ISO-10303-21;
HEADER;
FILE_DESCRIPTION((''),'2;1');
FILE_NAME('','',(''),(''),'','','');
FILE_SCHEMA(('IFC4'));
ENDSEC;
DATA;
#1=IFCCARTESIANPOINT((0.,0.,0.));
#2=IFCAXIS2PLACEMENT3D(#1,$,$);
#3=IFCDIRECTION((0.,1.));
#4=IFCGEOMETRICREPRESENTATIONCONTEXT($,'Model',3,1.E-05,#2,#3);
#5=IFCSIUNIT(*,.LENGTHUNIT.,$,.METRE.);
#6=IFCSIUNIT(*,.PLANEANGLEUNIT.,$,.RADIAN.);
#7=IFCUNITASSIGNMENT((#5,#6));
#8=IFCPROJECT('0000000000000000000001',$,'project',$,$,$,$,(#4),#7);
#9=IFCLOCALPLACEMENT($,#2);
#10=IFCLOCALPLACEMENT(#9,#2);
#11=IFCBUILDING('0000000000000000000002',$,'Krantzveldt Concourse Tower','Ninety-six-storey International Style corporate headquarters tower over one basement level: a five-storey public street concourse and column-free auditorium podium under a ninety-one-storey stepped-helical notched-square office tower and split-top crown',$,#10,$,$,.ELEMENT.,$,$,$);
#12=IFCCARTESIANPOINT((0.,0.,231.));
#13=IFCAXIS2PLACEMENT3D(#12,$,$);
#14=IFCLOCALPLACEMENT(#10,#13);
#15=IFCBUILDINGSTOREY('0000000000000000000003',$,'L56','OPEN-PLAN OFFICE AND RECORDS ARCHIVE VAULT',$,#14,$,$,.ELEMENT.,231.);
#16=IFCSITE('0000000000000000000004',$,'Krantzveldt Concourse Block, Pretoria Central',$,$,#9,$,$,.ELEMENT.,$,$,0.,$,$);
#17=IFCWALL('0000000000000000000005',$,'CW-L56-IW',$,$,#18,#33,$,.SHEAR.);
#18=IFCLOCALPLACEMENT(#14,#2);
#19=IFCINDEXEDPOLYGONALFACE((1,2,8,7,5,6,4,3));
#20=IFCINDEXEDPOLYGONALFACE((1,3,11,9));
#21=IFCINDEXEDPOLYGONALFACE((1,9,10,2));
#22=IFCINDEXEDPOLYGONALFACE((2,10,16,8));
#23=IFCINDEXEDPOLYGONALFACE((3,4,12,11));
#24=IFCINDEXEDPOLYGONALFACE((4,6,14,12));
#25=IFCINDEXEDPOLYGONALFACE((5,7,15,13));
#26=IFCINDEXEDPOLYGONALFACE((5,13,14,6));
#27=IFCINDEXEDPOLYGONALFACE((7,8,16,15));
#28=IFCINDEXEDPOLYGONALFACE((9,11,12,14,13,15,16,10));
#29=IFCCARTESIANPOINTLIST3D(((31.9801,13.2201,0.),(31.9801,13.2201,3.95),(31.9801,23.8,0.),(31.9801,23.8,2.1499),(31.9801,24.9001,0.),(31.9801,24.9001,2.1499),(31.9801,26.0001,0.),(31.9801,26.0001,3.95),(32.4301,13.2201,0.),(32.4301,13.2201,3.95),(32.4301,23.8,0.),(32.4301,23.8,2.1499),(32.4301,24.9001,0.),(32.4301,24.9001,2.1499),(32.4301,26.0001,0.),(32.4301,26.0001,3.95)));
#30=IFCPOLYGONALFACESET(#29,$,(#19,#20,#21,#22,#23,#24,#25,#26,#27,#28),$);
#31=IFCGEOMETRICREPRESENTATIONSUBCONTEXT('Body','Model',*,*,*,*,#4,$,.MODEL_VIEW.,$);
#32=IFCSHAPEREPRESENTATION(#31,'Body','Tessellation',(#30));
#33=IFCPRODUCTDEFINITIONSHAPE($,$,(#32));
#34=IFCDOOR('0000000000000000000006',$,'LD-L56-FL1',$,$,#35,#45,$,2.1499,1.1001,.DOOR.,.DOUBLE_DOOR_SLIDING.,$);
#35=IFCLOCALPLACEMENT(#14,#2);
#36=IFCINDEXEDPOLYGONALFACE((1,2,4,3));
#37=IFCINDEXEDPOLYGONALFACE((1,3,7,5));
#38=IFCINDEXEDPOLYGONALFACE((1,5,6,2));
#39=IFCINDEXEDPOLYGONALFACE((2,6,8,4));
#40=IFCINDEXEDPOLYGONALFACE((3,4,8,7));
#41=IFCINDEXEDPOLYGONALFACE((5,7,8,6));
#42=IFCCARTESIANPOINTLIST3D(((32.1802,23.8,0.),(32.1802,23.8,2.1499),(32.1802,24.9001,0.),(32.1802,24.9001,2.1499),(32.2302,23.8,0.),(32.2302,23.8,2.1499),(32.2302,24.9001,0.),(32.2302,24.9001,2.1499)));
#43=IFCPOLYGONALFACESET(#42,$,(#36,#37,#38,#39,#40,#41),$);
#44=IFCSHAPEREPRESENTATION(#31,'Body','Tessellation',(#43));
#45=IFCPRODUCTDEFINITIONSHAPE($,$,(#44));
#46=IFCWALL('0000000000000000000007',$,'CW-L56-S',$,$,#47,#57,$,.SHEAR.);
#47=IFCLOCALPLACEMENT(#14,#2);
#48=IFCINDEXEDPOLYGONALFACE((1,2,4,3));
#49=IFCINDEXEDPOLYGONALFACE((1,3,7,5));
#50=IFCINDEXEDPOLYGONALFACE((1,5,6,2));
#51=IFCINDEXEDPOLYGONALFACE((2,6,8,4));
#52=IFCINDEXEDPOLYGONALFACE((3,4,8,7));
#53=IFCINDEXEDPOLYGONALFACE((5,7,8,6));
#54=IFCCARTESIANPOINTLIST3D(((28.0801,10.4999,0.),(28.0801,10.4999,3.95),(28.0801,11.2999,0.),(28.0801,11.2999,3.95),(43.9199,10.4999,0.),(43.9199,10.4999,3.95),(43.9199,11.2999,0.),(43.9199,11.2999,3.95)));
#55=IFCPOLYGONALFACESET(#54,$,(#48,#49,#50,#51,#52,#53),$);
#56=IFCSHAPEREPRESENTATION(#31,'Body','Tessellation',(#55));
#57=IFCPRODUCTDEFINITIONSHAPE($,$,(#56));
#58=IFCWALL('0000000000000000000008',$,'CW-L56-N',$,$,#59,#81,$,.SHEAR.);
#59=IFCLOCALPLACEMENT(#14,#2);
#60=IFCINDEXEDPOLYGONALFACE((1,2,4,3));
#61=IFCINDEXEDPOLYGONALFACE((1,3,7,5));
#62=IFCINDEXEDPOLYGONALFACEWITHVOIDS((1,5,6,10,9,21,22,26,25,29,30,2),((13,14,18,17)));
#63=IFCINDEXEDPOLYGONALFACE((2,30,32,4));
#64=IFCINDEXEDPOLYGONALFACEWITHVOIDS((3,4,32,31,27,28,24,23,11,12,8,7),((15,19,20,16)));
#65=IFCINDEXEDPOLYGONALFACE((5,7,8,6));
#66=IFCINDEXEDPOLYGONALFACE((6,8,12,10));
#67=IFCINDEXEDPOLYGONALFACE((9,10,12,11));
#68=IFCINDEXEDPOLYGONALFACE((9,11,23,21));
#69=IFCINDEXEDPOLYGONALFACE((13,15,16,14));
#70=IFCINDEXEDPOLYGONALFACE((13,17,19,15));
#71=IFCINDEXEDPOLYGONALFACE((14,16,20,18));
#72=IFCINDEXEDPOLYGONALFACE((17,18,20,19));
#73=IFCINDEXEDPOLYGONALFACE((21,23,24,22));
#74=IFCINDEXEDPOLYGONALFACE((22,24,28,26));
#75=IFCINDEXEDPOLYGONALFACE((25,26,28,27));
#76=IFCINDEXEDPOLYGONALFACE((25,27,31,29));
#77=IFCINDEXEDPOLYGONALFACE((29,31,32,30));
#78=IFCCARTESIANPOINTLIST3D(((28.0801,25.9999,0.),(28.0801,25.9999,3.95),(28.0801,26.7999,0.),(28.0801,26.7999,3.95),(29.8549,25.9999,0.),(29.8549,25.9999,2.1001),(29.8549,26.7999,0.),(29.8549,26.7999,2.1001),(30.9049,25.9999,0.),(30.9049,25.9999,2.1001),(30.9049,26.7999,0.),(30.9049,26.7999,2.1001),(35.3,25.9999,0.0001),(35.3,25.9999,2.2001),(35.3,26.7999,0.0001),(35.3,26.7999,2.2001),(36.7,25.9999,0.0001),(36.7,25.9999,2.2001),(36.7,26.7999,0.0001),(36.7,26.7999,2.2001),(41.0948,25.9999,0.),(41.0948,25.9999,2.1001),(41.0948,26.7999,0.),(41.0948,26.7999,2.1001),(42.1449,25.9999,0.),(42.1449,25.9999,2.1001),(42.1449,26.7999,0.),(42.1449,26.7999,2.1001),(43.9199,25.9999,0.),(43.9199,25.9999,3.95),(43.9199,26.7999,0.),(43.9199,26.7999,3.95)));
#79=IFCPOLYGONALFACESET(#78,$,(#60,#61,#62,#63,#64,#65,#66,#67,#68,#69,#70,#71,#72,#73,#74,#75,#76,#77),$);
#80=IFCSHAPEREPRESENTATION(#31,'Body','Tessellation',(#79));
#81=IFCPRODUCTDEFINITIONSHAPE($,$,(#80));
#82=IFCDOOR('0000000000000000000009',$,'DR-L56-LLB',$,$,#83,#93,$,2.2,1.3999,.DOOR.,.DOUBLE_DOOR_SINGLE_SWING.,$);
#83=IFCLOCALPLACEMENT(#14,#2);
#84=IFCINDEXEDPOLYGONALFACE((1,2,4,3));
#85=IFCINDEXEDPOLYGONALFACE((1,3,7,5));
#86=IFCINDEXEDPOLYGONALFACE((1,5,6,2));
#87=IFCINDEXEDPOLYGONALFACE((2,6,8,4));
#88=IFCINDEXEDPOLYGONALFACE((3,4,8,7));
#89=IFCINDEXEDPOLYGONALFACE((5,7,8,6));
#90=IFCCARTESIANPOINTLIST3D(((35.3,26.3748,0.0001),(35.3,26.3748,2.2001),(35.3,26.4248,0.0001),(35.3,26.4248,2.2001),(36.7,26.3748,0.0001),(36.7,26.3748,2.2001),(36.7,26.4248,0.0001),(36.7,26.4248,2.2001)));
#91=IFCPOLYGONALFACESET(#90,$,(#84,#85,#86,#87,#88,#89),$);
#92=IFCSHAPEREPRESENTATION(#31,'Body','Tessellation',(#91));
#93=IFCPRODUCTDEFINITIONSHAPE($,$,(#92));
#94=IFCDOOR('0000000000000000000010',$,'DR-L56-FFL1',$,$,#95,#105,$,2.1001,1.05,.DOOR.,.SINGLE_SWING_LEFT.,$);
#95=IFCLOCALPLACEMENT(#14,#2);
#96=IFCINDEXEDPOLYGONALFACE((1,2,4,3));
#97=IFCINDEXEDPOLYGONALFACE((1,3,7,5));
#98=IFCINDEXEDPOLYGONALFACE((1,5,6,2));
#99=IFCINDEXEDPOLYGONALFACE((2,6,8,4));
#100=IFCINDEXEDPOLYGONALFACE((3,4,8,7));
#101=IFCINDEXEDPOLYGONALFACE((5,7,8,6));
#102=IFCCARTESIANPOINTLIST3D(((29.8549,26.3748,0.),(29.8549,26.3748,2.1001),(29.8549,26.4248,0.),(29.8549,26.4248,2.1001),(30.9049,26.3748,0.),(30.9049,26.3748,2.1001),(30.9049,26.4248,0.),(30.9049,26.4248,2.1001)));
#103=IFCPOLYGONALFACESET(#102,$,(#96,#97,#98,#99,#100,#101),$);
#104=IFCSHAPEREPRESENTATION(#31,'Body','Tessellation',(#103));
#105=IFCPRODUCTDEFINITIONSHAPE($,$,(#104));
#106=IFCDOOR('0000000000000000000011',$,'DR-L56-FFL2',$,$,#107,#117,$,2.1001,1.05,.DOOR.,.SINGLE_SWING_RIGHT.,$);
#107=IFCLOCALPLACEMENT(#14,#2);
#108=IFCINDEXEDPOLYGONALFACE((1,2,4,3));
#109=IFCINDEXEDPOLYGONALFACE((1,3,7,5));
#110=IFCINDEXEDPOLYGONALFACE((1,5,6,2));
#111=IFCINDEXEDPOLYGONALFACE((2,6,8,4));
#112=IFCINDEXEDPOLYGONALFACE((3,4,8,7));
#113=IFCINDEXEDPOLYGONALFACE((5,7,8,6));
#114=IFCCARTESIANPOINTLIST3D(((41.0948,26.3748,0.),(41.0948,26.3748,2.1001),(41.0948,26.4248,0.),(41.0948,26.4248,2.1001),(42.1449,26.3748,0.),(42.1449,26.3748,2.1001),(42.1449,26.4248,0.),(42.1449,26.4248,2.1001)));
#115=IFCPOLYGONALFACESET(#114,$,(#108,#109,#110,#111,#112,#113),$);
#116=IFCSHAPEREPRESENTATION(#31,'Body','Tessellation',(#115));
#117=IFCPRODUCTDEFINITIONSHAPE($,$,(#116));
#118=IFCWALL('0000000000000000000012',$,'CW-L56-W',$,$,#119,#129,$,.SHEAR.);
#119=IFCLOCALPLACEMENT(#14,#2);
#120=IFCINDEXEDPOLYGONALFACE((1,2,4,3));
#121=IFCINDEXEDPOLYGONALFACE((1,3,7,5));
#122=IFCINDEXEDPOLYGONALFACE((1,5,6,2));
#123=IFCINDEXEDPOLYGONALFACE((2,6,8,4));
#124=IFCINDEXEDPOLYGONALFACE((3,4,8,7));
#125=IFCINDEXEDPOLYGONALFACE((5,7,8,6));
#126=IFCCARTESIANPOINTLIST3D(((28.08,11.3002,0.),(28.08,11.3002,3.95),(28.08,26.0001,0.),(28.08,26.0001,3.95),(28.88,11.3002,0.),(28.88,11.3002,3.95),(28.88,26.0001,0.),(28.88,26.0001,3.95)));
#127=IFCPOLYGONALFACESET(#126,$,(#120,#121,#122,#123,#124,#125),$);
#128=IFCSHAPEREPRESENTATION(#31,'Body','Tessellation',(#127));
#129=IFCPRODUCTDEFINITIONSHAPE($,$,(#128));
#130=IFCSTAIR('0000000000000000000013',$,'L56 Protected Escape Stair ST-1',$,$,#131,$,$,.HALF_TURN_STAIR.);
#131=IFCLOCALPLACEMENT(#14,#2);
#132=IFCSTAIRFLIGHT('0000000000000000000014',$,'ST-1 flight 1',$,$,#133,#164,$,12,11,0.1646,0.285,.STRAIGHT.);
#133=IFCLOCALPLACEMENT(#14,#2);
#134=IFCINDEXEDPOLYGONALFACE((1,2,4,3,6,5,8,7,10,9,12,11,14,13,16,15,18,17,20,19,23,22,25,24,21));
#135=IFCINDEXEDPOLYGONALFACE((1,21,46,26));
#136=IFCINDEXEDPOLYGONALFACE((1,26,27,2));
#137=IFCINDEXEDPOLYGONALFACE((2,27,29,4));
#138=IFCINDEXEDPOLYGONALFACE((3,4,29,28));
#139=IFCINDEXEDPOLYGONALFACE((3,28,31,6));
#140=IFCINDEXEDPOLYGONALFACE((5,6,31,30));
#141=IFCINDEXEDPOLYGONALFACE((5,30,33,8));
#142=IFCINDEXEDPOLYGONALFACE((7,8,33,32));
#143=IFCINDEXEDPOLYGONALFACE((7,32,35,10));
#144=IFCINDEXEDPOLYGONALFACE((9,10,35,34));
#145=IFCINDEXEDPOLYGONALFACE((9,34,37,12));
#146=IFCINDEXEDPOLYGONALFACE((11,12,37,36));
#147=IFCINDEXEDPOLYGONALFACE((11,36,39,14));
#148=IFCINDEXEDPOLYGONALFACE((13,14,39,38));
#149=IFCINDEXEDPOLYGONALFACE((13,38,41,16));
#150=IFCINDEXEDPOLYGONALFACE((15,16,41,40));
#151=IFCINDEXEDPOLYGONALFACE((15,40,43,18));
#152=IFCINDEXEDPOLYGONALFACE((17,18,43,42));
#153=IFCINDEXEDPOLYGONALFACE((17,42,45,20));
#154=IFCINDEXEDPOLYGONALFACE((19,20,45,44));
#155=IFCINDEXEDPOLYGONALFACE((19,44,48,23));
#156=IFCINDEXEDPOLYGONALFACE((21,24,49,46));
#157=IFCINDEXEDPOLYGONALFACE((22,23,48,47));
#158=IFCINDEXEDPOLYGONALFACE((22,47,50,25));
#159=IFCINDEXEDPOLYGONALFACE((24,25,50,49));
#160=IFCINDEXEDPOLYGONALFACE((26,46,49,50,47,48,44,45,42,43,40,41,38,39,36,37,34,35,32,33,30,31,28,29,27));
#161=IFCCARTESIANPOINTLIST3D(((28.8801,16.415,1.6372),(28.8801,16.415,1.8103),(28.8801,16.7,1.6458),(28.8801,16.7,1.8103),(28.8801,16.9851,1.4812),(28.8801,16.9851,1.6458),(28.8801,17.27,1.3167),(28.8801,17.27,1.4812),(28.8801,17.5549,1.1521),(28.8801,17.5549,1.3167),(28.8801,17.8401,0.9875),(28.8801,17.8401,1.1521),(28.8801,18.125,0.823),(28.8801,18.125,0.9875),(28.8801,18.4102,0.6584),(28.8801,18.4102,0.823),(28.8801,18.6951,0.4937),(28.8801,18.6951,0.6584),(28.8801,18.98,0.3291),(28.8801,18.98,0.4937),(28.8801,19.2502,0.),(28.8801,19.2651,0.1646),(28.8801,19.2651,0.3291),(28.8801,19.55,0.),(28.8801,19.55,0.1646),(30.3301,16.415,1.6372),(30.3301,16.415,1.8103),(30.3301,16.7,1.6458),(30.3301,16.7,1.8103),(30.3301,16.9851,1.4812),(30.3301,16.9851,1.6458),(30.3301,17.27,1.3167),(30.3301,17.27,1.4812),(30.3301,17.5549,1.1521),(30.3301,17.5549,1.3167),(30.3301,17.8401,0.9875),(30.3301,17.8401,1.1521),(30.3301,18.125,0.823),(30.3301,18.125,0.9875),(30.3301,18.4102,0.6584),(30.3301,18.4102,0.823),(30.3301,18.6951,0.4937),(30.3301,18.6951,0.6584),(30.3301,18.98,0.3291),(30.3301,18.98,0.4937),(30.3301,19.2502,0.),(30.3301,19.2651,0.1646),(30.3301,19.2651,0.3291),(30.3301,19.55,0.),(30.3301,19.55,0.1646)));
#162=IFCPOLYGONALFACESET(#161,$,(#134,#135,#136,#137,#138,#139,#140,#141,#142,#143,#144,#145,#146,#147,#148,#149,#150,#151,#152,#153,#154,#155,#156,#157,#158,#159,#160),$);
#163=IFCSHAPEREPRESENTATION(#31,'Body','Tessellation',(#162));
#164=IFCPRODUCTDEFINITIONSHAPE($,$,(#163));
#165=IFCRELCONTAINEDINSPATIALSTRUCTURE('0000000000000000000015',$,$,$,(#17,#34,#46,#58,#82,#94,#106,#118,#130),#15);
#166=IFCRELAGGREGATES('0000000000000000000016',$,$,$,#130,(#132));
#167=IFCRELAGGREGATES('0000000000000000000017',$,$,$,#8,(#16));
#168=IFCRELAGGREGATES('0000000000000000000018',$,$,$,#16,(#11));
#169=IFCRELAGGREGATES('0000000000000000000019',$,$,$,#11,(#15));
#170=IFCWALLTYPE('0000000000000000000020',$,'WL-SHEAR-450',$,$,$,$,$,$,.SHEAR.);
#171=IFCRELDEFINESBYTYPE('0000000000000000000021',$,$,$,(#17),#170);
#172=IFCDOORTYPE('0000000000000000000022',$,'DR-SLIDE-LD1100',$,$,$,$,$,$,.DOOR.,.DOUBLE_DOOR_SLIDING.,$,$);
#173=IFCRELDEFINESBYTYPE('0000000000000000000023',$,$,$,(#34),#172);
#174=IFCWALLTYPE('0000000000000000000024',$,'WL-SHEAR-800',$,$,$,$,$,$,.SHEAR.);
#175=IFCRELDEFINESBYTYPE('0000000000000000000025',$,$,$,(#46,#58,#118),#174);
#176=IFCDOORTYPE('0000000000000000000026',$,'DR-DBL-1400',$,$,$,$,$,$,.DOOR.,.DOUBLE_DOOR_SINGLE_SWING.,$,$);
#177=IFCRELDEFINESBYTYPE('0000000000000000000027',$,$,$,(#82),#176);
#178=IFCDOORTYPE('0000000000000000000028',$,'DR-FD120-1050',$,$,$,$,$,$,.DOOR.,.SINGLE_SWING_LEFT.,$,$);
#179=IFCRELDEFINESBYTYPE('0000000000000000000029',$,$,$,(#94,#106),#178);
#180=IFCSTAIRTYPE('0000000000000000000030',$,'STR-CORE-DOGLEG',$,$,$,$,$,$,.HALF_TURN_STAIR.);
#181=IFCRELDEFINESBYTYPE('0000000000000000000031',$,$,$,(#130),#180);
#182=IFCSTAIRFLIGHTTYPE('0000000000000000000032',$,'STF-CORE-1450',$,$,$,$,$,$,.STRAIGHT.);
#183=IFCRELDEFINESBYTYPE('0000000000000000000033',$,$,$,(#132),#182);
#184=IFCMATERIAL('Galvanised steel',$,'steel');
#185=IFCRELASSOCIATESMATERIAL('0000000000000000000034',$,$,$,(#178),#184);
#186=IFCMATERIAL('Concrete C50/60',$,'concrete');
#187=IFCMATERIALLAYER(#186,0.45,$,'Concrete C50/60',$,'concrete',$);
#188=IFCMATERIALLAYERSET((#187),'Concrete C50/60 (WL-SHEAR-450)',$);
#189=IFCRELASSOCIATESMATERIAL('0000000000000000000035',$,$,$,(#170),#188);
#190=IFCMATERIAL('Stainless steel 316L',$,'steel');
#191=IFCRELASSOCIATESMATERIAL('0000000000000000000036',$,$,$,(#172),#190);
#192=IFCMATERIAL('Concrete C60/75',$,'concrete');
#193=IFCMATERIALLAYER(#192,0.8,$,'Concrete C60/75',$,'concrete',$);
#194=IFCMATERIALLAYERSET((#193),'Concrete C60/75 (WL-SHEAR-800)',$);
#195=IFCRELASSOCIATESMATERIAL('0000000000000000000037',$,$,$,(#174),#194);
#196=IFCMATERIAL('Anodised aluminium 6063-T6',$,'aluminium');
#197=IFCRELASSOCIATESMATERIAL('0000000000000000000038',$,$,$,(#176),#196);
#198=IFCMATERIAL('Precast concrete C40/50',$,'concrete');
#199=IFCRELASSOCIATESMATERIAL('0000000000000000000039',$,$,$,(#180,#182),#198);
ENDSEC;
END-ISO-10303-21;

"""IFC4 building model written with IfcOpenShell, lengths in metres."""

from ifc_helpers import new_model, si_unit, direction, frame, frame_2d, origin, place, context, subcontext, project, spatial, polyline, rectangle, outline, extrude, material, layer, layer_set, type_object, element, fill, aggregate, save


model = new_model("IFC4")

# Units and contexts
model_context = context("Model", 3, precision=1e-05, world=origin(), true_north=direction((0.0, 1.0)))
body_context = subcontext(model_context, "Body", "Model", "MODEL_VIEW")
ifc_project = project(units=[si_unit("LENGTHUNIT", "METRE"), si_unit("PLANEANGLEUNIT", "RADIAN")], contexts=[model_context])

# Site, building, storey
site_placement = place(None, origin())
site = spatial("IfcSite", under=ifc_project, at=site_placement, Name="Krantzveldt Concourse Block, Pretoria Central", CompositionType="ELEMENT", RefElevation=0.0)
building_placement = place(site_placement, origin())
building = spatial("IfcBuilding", under=site, at=building_placement, Name="Krantzveldt Concourse Tower", Description="Ninety-six-storey International Style corporate headquarters tower over one basement level: a five-storey public street concourse and column-free auditorium podium under a ninety-one-storey stepped-helical notched-square office tower and split-top crown", CompositionType="ELEMENT")
storey_placement = place(building_placement, frame((0.0, 0.0, 231.0)))
storey = spatial("IfcBuildingStorey", under=building, at=storey_placement, Name="L56", Description="OPEN-PLAN OFFICE AND RECORDS ARCHIVE VAULT", CompositionType="ELEMENT", Elevation=231.0)

# Shared definitions
ifc_material_1 = material(Name="Concrete C50/60", Category="concrete")

# Shared definitions
ifc_material_2 = material(Name="Anodised aluminium 6063-T6", Category="aluminium")

# Shared definitions
ifc_material_3 = material(Name="Galvanised steel", Category="steel")
door_type_1 = type_object("IfcDoorType", Name="DR-FD120-1050", OperationType="SINGLE_SWING_LEFT", PredefinedType="DOOR", material=ifc_material_3)

# Wall, opening, door
ifc_layer_1 = layer(ifc_material_1, 0.45, Name="Concrete C50/60", Category="concrete")
ifc_layer_set_1 = layer_set([ifc_layer_1], Name="Concrete C50/60 (WL-SHEAR-450)")
wall_type_1 = type_object("IfcWallType", Name="WL-SHEAR-450", PredefinedType="SHEAR", material=ifc_layer_set_1)
wall_1_placement = place(storey_placement, frame((32.2051, 13.22, 0.0), z_axis=(0.0, 0.0, 1.0), x_axis=(0.0, 1.0, 0.0)))
wall_1 = element("IfcWall", 1, at=wall_1_placement, inside=storey, type_object=wall_type_1, Name="CW-L56-IW", PredefinedType="SHEAR", context=body_context, shape_type="SweptSolid", body=[
    extrude(rectangle(XDim=12.78, YDim=0.45, at=frame_2d((6.3901, 0.0))), origin(), (0.0, 0.0, 1.0), 3.95),
])
opening_1_placement = place(wall_1_placement, frame((10.5801, 0.0, 0.0)))
opening_1 = element("IfcOpeningElement", 2, at=opening_1_placement, cuts=wall_1, PredefinedType="OPENING", context=body_context, shape_type="SweptSolid", body=[
    extrude(rectangle(XDim=1.1001, YDim=2.1499, at=frame_2d((0.55, 1.075))), frame((0.0, 0.2349, 0.0), z_axis=(0.0, -1.0, 0.0), x_axis=(1.0, 0.0, 0.0)), (0.0, 0.0, 1.0), 0.47),
])
ifc_material_4 = material(Name="Stainless steel 316L", Category="steel")
door_type_2 = type_object("IfcDoorType", Name="DR-SLIDE-LD1100", OperationType="DOUBLE_DOOR_SLIDING", PredefinedType="DOOR", material=ifc_material_4)
door_1_placement = place(opening_1_placement, origin())
door_1 = element("IfcDoor", 3, at=door_1_placement, inside=storey, type_object=door_type_2, Name="LD-L56-FL1", OperationType="DOUBLE_DOOR_SLIDING", OverallHeight=2.1499, OverallWidth=1.1001, PredefinedType="DOOR", context=body_context, shape_type="SweptSolid", body=[
    extrude(rectangle(XDim=1.1001, YDim=2.1499, at=frame_2d((0.55, 1.075))), frame((0.0, 0.0249, 0.0), z_axis=(0.0, -1.0, 0.0), x_axis=(1.0, 0.0, 0.0)), (0.0, 0.0, 1.0), 0.05),
])
fill(opening_1, door_1)

# Wall
ifc_material_5 = material(Name="Concrete C60/75", Category="concrete")
ifc_layer_2 = layer(ifc_material_5, 0.8, Name="Concrete C60/75", Category="concrete")
ifc_layer_set_2 = layer_set([ifc_layer_2], Name="Concrete C60/75 (WL-SHEAR-800)")
wall_type_2 = type_object("IfcWallType", Name="WL-SHEAR-800", PredefinedType="SHEAR", material=ifc_layer_set_2)
wall_2_placement = place(storey_placement, frame((28.0801, 10.8999, 0.0), z_axis=(0.0, 0.0, 1.0), x_axis=(1.0, 0.0, 0.0)))
element("IfcWall", 4, at=wall_2_placement, inside=storey, type_object=wall_type_2, Name="CW-L56-S", PredefinedType="SHEAR", context=body_context, shape_type="SweptSolid", body=[
    extrude(rectangle(XDim=15.8398, YDim=0.8, at=frame_2d((7.9199, 0.0))), origin(), (0.0, 0.0, 1.0), 3.95),
])

# Wall, openings, doors
wall_3_placement = place(storey_placement, frame((28.0801, 26.3999, 0.0), z_axis=(0.0, 0.0, 1.0), x_axis=(1.0, 0.0, 0.0)))
wall_3 = element("IfcWall", 5, at=wall_3_placement, inside=storey, type_object=wall_type_2, Name="CW-L56-N", PredefinedType="SHEAR", context=body_context, shape_type="SweptSolid", body=[
    extrude(rectangle(XDim=15.8398, YDim=0.8, at=frame_2d((7.9199, 0.0))), origin(), (0.0, 0.0, 1.0), 3.95),
])
opening_2_placement = place(wall_3_placement, frame((7.22, 0.0, 0.0)))
opening_2 = element("IfcOpeningElement", 6, at=opening_2_placement, cuts=wall_3, PredefinedType="OPENING", context=body_context, shape_type="SweptSolid", body=[
    extrude(rectangle(XDim=1.3999, YDim=2.2, at=frame_2d((0.7, 1.1001))), frame((0.0, 0.4102, 0.0), z_axis=(0.0, -1.0, 0.0), x_axis=(1.0, 0.0, 0.0)), (0.0, 0.0, 1.0), 0.8201),
])
opening_3_placement = place(wall_3_placement, frame((1.7749, 0.0, 0.0)))
opening_3 = element("IfcOpeningElement", 7, at=opening_3_placement, cuts=wall_3, PredefinedType="OPENING", context=body_context, shape_type="SweptSolid", body=[
    extrude(rectangle(XDim=1.05, YDim=2.1001, at=frame_2d((0.5249, 1.05))), frame((0.0, 0.4102, 0.0), z_axis=(0.0, -1.0, 0.0), x_axis=(1.0, 0.0, 0.0)), (0.0, 0.0, 1.0), 0.8201),
])
opening_4_placement = place(wall_3_placement, frame((13.0149, 0.0, 0.0)))
opening_4 = element("IfcOpeningElement", 8, at=opening_4_placement, cuts=wall_3, PredefinedType="OPENING", context=body_context, shape_type="SweptSolid", body=[
    extrude(rectangle(XDim=1.05, YDim=2.1001, at=frame_2d((0.5249, 1.05))), frame((0.0, 0.4102, 0.0), z_axis=(0.0, -1.0, 0.0), x_axis=(1.0, 0.0, 0.0)), (0.0, 0.0, 1.0), 0.8201),
])
door_type_3 = type_object("IfcDoorType", Name="DR-DBL-1400", OperationType="DOUBLE_DOOR_SINGLE_SWING", PredefinedType="DOOR", material=ifc_material_2)
door_2_placement = place(opening_2_placement, origin())
door_2 = element("IfcDoor", 9, at=door_2_placement, inside=storey, type_object=door_type_3, Name="DR-L56-LLB", OperationType="DOUBLE_DOOR_SINGLE_SWING", OverallHeight=2.2, OverallWidth=1.3999, PredefinedType="DOOR", context=body_context, shape_type="SweptSolid", body=[
    extrude(rectangle(XDim=1.3999, YDim=2.2, at=frame_2d((0.7, 1.1001))), frame((0.0, 0.0249, 0.0), z_axis=(0.0, -1.0, 0.0), x_axis=(1.0, 0.0, 0.0)), (0.0, 0.0, 1.0), 0.05),
])
fill(opening_2, door_2)
door_3_placement = place(opening_3_placement, origin())
door_3 = element("IfcDoor", 10, at=door_3_placement, inside=storey, type_object=door_type_1, Name="DR-L56-FFL1", OperationType="SINGLE_SWING_LEFT", OverallHeight=2.1001, OverallWidth=1.05, PredefinedType="DOOR", context=body_context, shape_type="SweptSolid", body=[
    extrude(rectangle(XDim=1.05, YDim=2.1001, at=frame_2d((0.5249, 1.05))), frame((0.0, 0.0249, 0.0), z_axis=(0.0, -1.0, 0.0), x_axis=(1.0, 0.0, 0.0)), (0.0, 0.0, 1.0), 0.05),
])
fill(opening_3, door_3)
door_4_placement = place(opening_4_placement, origin())
door_4 = element("IfcDoor", 11, at=door_4_placement, inside=storey, type_object=door_type_1, Name="DR-L56-FFL2", OperationType="SINGLE_SWING_RIGHT", OverallHeight=2.1001, OverallWidth=1.05, PredefinedType="DOOR", context=body_context, shape_type="SweptSolid", body=[
    extrude(rectangle(XDim=1.05, YDim=2.1001, at=frame_2d((0.5249, 1.05))), frame((0.0, 0.0249, 0.0), z_axis=(0.0, -1.0, 0.0), x_axis=(1.0, 0.0, 0.0)), (0.0, 0.0, 1.0), 0.05),
])
fill(opening_4, door_4)

# Wall
wall_4_placement = place(storey_placement, frame((28.48, 11.3, 0.0), z_axis=(0.0, 0.0, 1.0), x_axis=(0.0, 1.0, 0.0)))
element("IfcWall", 12, at=wall_4_placement, inside=storey, type_object=wall_type_2, Name="CW-L56-W", PredefinedType="SHEAR", context=body_context, shape_type="SweptSolid", body=[
    extrude(rectangle(XDim=14.7, YDim=0.8, at=frame_2d((7.3501, 0.0))), origin(), (0.0, 0.0, 1.0), 3.95),
])

# Stair, stair flight
ifc_material_6 = material(Name="Precast concrete C40/50", Category="concrete")
stair_type = type_object("IfcStairType", Name="STR-CORE-DOGLEG", PredefinedType="HALF_TURN_STAIR", material=ifc_material_6)
stair_placement = place(storey_placement, origin())
stair = element("IfcStair", 13, at=stair_placement, inside=storey, type_object=stair_type, Name="L56 Protected Escape Stair ST-1", PredefinedType="HALF_TURN_STAIR")
stair_flight_type = type_object("IfcStairFlightType", Name="STF-CORE-1450", PredefinedType="STRAIGHT", material=ifc_material_6)
stair_flight_1_placement = place(storey_placement, frame((29.605, 19.55, 0.0), z_axis=(0.0, 0.0, 1.0), x_axis=(0.0, -1.0, 0.0)))
stair_flight_1 = element("IfcStairFlight", 14, at=stair_flight_1_placement, type_object=stair_flight_type, Name="ST-1 flight 1", NumberOfRisers=12, NumberOfTreads=11, PredefinedType="STRAIGHT", RiserHeight=0.1646, TreadLength=0.285, context=body_context, shape_type="SweptSolid", body=[
    extrude(outline(polyline([(0.0, 0.0), (0.0, 0.1646), (0.2849, 0.1646), (0.2849, 0.3291), (0.5701, 0.3291), (0.5701, 0.4937), (0.855, 0.4937), (0.855, 0.6584), (1.1399, 0.6584), (1.1399, 0.823), (1.425, 0.823), (1.425, 0.9875), (1.71, 0.9875), (1.71, 1.1521), (1.9951, 1.1521), (1.9951, 1.3167), (2.28, 1.3167), (2.28, 1.4812), (2.5649, 1.4812), (2.5649, 1.6458), (2.8501, 1.6458), (2.8501, 1.8103), (3.135, 1.8103), (3.135, 1.9751), (3.135, 1.6372), (0.2998, 0.0), (0.0, 0.0)])), frame((0.0, 0.7251, 0.0), z_axis=(0.0, -1.0, 0.0), x_axis=(1.0, 0.0, 0.0)), (0.0, 0.0, 1.0), 1.45),
])
aggregate(stair, [stair_flight_1])

save(model, "model.ifc")
